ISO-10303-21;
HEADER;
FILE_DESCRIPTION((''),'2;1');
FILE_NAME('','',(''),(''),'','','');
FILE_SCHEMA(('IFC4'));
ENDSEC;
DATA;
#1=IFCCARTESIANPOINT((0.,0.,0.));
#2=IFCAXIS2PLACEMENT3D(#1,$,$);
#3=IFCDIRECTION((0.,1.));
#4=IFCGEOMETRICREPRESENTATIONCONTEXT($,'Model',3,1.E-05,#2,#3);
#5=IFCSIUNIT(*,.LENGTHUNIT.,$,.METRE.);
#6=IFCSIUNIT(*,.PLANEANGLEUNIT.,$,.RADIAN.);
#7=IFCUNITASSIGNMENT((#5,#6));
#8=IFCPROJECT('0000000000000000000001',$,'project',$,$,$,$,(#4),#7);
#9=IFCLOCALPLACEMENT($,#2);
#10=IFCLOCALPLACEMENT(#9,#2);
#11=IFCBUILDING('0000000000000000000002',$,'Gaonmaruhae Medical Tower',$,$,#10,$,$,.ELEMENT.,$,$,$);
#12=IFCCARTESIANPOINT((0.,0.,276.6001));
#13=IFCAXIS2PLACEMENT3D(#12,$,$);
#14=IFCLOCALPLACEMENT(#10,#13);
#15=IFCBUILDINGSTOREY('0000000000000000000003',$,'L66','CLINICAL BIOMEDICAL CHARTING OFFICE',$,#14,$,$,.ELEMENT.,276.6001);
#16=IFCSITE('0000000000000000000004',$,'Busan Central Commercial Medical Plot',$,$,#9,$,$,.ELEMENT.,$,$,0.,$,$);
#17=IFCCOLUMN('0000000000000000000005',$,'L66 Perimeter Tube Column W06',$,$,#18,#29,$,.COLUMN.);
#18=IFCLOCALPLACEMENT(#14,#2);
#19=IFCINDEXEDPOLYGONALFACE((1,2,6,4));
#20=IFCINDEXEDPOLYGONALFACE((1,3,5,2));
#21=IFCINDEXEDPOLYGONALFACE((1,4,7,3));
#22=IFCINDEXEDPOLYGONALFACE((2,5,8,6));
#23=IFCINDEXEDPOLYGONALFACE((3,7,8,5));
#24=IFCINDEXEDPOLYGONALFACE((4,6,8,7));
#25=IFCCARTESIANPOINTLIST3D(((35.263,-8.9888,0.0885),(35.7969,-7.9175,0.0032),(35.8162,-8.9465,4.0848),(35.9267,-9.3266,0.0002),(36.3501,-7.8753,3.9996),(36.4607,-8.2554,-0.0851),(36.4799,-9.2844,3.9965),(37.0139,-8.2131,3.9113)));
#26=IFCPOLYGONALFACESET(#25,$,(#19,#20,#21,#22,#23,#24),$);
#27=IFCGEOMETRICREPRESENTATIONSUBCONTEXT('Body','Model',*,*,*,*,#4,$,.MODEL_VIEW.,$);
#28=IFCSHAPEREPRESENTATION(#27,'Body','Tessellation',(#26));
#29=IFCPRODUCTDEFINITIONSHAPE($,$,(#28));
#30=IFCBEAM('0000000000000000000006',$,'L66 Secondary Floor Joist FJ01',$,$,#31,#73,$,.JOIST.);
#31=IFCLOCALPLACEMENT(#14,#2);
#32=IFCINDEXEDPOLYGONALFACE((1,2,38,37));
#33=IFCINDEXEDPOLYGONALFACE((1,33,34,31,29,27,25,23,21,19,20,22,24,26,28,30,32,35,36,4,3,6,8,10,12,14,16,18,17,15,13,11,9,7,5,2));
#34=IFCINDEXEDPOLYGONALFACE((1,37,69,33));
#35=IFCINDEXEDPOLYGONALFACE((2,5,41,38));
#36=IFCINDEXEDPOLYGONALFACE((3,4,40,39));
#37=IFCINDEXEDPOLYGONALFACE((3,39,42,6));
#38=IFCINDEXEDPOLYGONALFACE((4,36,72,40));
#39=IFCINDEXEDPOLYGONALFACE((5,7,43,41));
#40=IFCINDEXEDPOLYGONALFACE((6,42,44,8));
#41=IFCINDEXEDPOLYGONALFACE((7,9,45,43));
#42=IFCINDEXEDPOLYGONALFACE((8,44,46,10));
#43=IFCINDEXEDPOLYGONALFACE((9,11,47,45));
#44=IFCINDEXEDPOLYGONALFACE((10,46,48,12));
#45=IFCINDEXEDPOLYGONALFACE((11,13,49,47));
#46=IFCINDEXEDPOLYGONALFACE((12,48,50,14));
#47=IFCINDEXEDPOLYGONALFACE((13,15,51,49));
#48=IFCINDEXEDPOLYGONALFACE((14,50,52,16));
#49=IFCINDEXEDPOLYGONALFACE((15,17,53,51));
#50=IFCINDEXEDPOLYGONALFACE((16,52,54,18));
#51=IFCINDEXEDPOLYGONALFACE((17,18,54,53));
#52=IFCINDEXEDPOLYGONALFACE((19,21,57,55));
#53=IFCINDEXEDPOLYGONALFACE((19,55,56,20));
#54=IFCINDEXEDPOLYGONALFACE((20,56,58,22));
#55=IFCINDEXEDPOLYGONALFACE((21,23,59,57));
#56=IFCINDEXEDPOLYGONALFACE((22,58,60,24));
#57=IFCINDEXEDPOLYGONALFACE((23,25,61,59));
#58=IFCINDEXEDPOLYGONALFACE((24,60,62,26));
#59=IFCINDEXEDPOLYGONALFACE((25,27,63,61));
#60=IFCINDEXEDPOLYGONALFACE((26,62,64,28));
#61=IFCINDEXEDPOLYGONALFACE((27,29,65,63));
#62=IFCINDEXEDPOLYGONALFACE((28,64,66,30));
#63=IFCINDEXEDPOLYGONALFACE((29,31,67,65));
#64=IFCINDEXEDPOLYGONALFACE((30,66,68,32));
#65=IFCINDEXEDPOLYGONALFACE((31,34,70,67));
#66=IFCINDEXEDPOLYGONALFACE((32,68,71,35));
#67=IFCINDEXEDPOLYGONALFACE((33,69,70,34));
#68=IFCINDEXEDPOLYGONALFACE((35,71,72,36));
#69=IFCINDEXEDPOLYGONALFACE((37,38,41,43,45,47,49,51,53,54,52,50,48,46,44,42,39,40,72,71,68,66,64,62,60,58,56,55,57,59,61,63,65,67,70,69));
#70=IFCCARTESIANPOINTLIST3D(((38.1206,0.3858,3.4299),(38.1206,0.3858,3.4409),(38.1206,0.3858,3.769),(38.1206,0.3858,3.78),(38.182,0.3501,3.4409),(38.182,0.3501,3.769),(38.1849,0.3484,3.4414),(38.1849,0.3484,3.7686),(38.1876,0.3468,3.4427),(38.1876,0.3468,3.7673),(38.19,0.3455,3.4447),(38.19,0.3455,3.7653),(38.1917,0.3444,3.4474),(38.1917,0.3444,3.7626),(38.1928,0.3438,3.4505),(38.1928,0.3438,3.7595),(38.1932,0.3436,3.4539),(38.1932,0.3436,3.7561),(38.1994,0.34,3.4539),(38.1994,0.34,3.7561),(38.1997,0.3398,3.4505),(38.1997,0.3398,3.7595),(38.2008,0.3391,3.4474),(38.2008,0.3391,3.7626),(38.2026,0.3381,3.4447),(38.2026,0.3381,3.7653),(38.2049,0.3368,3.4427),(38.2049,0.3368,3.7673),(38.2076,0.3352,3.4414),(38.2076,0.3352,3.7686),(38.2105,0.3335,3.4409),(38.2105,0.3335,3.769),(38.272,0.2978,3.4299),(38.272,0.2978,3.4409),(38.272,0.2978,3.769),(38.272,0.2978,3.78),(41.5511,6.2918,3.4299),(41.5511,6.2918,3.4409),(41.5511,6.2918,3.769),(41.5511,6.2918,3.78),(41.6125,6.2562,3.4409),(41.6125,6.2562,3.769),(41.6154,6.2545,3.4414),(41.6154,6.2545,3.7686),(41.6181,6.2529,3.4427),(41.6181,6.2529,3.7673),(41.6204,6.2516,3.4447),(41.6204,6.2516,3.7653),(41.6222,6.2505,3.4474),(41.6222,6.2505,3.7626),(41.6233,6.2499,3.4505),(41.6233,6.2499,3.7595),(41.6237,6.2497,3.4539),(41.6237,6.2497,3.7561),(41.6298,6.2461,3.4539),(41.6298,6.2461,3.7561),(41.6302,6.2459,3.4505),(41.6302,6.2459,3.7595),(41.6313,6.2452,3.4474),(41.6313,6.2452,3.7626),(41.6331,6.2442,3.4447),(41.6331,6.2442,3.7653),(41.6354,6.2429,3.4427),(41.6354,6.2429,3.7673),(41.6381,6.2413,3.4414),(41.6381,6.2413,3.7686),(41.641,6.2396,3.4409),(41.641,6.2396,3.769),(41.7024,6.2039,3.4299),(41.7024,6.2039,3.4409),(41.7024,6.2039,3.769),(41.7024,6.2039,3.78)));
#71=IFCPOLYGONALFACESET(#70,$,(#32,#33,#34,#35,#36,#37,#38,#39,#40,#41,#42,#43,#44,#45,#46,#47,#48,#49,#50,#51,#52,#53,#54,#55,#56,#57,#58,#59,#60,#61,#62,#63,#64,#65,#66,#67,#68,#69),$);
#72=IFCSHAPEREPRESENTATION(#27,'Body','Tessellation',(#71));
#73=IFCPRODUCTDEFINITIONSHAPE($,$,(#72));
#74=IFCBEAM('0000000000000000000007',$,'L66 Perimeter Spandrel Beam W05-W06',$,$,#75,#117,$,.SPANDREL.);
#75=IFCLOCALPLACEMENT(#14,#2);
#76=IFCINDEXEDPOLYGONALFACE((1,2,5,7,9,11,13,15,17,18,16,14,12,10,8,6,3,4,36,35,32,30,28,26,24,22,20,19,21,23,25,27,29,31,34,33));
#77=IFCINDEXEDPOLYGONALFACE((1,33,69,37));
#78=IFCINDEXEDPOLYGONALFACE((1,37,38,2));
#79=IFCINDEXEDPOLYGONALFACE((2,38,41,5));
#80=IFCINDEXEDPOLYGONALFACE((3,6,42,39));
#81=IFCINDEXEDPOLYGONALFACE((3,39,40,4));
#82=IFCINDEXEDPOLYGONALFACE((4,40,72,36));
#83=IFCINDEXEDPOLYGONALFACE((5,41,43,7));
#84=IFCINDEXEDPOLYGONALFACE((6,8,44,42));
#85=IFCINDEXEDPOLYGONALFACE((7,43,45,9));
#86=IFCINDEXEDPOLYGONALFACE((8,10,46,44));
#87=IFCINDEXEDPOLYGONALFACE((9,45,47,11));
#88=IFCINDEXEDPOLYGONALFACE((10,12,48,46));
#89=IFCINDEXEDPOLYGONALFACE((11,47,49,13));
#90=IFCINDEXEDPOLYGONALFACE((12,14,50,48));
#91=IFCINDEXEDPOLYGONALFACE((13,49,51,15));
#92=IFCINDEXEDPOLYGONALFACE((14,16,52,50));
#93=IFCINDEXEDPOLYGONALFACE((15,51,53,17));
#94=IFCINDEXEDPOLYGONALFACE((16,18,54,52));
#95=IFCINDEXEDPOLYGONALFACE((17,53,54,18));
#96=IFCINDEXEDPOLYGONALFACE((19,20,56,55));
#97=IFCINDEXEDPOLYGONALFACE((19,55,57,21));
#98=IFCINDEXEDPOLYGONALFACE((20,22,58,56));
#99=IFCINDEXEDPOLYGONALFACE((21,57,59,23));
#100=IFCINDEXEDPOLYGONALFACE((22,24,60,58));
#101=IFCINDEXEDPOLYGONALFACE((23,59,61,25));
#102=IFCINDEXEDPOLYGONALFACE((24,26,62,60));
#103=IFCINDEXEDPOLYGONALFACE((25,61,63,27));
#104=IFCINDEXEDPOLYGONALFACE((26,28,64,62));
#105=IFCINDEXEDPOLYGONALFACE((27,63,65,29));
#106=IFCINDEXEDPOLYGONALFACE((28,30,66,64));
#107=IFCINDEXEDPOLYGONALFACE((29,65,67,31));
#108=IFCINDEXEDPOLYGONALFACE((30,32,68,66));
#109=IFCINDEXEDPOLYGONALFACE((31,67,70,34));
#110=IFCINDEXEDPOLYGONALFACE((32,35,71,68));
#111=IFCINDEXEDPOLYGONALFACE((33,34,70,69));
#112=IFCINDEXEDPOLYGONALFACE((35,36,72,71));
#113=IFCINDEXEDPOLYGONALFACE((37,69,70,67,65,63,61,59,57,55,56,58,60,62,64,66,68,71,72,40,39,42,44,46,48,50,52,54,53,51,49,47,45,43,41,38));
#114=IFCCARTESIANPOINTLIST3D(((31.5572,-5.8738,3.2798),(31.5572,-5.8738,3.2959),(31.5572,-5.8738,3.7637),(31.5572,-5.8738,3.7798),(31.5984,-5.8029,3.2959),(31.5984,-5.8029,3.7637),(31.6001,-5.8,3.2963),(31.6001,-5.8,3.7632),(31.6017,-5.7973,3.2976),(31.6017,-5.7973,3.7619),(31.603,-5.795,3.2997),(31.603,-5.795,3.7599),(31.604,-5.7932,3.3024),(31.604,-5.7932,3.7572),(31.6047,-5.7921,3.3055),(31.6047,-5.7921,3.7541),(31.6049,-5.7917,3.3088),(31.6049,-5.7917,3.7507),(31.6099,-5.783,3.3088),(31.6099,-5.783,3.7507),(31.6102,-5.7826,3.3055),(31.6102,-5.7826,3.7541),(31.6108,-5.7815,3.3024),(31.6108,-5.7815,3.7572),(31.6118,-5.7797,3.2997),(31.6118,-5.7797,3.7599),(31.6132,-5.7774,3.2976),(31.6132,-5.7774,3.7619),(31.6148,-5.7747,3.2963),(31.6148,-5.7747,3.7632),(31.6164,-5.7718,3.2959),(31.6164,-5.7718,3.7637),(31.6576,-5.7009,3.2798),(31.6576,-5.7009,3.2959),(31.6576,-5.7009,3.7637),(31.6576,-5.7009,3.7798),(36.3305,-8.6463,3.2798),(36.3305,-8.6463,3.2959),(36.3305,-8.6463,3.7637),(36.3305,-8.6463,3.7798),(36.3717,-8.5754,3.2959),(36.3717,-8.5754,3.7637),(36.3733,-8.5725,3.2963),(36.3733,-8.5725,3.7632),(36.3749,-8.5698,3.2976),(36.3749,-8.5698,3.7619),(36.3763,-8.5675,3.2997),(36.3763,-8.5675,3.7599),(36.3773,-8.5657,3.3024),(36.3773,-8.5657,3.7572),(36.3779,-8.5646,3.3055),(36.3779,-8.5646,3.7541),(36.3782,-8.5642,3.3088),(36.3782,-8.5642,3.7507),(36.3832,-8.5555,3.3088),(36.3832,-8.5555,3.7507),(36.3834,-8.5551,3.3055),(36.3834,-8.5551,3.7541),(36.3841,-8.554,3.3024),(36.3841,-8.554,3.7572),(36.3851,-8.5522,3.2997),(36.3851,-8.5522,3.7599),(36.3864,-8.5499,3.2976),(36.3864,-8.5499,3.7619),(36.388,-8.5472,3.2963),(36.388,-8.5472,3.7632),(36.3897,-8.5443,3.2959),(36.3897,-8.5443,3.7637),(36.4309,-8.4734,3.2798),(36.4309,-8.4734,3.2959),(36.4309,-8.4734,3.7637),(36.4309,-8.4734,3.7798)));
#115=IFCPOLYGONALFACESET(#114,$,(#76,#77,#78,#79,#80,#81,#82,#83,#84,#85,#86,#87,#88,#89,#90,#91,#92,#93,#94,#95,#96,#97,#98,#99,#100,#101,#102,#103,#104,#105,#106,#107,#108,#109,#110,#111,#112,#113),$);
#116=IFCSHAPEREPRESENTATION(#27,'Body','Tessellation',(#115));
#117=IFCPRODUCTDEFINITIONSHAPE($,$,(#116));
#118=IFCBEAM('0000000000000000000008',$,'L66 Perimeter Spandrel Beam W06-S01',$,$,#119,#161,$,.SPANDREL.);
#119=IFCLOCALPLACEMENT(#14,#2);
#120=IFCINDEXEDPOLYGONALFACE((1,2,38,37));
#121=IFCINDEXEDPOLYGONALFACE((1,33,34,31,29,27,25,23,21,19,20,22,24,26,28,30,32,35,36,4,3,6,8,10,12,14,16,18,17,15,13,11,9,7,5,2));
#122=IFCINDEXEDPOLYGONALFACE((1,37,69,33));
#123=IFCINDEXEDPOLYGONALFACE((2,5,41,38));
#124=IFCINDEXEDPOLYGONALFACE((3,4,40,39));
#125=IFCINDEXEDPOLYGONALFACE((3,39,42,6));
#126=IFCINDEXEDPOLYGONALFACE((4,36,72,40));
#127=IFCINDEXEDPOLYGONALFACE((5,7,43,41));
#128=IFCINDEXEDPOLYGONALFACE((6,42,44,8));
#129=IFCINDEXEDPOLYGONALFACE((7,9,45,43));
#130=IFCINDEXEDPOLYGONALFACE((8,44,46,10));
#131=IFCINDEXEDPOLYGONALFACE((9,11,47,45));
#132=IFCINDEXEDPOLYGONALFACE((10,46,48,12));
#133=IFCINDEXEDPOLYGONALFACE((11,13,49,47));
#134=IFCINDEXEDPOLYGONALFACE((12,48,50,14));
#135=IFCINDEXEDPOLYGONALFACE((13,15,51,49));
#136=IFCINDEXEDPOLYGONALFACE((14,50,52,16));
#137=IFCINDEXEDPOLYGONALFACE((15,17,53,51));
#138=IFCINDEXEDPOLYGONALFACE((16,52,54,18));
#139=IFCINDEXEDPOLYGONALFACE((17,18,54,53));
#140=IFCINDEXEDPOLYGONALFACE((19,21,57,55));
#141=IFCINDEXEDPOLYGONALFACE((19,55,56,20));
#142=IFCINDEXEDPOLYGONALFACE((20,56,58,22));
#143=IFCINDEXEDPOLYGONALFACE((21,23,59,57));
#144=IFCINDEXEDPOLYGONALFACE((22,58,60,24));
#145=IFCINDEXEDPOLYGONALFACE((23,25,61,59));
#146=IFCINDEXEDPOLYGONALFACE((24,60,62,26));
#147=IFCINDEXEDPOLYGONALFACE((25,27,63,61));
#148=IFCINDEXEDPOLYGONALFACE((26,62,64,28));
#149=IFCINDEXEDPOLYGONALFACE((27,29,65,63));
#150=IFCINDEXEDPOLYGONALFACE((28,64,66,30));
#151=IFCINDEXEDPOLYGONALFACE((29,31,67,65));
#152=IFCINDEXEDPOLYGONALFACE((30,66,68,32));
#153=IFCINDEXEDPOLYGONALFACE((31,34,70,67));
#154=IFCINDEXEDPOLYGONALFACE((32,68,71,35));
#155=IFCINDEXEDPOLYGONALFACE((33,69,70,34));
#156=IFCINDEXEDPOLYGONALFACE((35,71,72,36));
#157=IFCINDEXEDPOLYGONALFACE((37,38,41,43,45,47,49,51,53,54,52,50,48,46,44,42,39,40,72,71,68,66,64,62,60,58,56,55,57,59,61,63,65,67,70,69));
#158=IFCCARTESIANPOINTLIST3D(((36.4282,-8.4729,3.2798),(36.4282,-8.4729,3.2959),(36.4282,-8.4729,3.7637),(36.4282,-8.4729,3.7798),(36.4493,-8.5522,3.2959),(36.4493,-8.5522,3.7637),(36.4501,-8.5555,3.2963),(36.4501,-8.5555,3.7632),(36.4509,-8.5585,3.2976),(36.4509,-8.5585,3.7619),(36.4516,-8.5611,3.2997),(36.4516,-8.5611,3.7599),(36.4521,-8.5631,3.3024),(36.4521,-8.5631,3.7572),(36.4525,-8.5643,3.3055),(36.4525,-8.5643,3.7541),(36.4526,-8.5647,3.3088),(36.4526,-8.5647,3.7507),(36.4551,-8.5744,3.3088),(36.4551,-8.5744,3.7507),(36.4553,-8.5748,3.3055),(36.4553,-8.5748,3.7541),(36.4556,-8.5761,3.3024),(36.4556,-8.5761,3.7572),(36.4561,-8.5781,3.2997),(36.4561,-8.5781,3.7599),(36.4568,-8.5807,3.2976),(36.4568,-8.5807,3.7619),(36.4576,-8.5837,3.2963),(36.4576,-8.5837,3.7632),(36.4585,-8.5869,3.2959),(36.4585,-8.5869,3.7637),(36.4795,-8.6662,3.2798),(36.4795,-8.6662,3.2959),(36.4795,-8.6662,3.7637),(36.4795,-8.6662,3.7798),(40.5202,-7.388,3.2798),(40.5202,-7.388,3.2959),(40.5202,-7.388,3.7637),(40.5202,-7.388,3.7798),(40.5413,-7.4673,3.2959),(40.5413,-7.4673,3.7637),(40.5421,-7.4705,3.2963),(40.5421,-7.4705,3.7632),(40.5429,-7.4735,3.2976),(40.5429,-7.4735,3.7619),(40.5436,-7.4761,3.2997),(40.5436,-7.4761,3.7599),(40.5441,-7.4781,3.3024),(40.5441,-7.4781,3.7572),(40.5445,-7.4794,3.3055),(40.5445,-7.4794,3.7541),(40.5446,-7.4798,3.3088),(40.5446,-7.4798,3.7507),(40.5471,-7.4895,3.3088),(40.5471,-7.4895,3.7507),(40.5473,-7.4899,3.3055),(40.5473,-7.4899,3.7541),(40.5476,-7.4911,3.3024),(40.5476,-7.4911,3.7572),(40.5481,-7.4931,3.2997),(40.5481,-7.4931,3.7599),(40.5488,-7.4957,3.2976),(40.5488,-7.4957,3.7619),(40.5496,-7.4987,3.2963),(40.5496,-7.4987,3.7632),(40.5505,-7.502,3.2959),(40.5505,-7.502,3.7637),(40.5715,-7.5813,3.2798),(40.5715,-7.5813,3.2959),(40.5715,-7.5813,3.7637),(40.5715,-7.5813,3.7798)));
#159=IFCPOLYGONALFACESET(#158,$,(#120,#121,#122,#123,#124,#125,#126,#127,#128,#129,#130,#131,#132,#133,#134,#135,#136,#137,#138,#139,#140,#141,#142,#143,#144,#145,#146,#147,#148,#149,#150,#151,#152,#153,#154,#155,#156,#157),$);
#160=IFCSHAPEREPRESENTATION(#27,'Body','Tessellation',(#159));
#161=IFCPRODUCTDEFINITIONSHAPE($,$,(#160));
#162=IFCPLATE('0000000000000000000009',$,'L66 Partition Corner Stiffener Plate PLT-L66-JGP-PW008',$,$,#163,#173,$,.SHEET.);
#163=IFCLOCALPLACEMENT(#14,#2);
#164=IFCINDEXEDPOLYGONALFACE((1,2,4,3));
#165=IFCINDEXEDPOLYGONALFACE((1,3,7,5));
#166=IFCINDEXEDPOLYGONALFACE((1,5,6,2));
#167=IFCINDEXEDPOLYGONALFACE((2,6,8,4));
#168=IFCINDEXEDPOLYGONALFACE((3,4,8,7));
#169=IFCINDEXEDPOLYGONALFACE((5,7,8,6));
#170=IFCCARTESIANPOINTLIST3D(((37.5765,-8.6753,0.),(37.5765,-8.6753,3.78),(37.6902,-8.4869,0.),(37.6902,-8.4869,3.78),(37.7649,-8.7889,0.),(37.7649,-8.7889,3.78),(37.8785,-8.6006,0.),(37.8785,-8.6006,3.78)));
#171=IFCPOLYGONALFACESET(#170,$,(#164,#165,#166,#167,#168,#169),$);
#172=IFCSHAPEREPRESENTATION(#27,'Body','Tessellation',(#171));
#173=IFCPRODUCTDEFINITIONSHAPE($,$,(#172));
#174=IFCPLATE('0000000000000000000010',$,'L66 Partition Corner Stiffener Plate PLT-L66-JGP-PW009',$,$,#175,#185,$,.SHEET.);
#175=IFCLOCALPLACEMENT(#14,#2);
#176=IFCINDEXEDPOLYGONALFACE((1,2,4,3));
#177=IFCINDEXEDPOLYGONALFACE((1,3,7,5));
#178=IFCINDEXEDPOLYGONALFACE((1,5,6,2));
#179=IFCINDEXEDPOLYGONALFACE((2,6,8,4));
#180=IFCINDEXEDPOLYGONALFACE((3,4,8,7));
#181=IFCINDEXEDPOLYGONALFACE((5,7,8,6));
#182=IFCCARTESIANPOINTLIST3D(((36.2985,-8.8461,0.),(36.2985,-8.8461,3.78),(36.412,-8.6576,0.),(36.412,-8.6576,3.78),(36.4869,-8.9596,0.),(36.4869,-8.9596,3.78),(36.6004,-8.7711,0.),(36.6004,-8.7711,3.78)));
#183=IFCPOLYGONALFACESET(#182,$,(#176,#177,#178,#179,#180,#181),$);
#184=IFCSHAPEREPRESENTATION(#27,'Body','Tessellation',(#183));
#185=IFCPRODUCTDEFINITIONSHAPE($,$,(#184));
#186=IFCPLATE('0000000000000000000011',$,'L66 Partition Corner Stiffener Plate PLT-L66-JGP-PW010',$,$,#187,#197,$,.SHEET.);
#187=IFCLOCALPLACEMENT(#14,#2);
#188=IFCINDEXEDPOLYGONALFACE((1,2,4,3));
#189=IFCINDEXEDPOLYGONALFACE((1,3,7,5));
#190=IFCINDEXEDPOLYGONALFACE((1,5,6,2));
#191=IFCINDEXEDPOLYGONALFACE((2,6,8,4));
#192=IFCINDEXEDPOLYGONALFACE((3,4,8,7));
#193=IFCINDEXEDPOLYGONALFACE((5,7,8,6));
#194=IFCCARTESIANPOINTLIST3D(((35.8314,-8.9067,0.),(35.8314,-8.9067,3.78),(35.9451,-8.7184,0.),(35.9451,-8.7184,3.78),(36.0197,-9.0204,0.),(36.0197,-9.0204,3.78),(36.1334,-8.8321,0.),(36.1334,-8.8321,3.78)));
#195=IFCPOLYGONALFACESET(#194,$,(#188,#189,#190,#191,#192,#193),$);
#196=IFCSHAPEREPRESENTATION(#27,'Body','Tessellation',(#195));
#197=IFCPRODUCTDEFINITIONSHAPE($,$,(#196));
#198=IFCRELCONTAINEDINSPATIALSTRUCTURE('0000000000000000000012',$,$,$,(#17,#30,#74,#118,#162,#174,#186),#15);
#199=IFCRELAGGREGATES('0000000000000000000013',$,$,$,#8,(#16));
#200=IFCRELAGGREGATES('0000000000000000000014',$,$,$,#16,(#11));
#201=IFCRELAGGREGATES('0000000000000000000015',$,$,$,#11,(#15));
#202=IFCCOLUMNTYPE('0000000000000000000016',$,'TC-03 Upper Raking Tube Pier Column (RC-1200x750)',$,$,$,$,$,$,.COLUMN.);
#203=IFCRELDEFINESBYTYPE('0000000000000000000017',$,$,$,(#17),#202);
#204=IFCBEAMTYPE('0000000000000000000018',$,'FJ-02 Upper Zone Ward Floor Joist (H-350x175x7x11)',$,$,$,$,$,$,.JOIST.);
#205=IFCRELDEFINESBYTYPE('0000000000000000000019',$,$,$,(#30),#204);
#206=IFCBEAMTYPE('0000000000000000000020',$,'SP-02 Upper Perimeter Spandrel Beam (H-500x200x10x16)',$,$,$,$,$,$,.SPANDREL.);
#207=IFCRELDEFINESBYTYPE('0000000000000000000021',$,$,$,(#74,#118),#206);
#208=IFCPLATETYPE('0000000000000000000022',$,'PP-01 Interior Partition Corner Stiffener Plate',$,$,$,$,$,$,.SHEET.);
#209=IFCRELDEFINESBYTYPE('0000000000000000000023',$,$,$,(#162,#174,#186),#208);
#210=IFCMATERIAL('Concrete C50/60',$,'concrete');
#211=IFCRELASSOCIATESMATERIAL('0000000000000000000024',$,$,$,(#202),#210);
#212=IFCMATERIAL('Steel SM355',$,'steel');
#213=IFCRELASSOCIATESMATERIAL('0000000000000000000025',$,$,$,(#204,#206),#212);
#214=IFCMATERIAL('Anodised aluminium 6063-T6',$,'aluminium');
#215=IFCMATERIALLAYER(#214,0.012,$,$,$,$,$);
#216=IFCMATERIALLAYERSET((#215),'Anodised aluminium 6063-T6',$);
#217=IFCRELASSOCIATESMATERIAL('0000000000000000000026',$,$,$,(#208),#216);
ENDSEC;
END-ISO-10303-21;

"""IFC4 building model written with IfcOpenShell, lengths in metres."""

from ifc_helpers import new_model, si_unit, direction, frame, origin, origin_2d, place, context, subcontext, project, spatial, rectangle, i_section, extrude, material, layer, layer_set, material_profile, profile_set, type_object, element, save


model = new_model("IFC4")

# Units and contexts
model_context = context("Model", 3, precision=1e-05, world=origin(), true_north=direction((0.0, 1.0)))
body_context = subcontext(model_context, "Body", "Model", "MODEL_VIEW")
ifc_project = project(units=[si_unit("LENGTHUNIT", "METRE"), si_unit("PLANEANGLEUNIT", "RADIAN")], contexts=[model_context])

# Site, building, storey
site_placement = place(None, origin())
site = spatial("IfcSite", under=ifc_project, at=site_placement, Name="Busan Central Commercial Medical Plot", CompositionType="ELEMENT", RefElevation=0.0)
building_placement = place(site_placement, origin())
building = spatial("IfcBuilding", under=site, at=building_placement, Name="Gaonmaruhae Medical Tower", CompositionType="ELEMENT")
storey_placement = place(building_placement, frame((0.0, 0.0, 276.6001)))
storey = spatial("IfcBuildingStorey", under=building, at=storey_placement, Name="L66", Description="CLINICAL BIOMEDICAL CHARTING OFFICE", CompositionType="ELEMENT", Elevation=276.6001)

# Column
ifc_material_1 = material(Name="Concrete C50/60", Category="concrete")
ifc_material_profile_1 = material_profile(ifc_material_1, rectangle(XDim=1.2, YDim=0.75, at=origin_2d()), Name="RC-1200x750")
ifc_profile_set_1 = profile_set([ifc_material_profile_1], Name="Concrete C50/60")
column_type = type_object("IfcColumnType", Name="TC-03 Upper Raking Tube Pier Column (RC-1200x750)", PredefinedType="COLUMN", material=ifc_profile_set_1)
column_placement = place(storey_placement, frame((35.8618, -8.6221, 0.0017), z_axis=(0.137117, 0.010468, 0.9905), x_axis=(-0.444959, -0.89273, 0.071032)))
element("IfcColumn", 1, at=column_placement, inside=storey, type_object=column_type, Name="L66 Perimeter Tube Column W06", PredefinedType="COLUMN", context=body_context, shape_type="SweptSolid", body=[
    extrude(rectangle(XDim=1.2, YDim=0.75, at=origin_2d()), origin(), (0.0, 0.0, 1.0), 4.0347),
])

# Beams
ifc_material_2 = material(Name="Steel SM355", Category="steel")
ifc_material_profile_2 = material_profile(ifc_material_2, i_section(OverallWidth=0.175, OverallDepth=0.3501, WebThickness=0.0071, FlangeThickness=0.011, FilletRadius=0.0129, at=origin_2d()), Name="H-350x175x7x11")
ifc_profile_set_2 = profile_set([ifc_material_profile_2], Name="Steel SM355")
beam_type_1 = type_object("IfcBeamType", Name="FJ-02 Upper Zone Ward Floor Joist (H-350x175x7x11)", PredefinedType="JOIST", material=ifc_profile_set_2)
beam_1_placement = place(storey_placement, frame((38.1963, 0.3418, 3.605), z_axis=(0.502259, 0.864717, 0.0), x_axis=(-0.864717, 0.502259, 0.0)))
element("IfcBeam", 2, at=beam_1_placement, inside=storey, type_object=beam_type_1, Name="L66 Secondary Floor Joist FJ01", PredefinedType="JOIST", context=body_context, shape_type="SweptSolid", body=[
    extrude(i_section(OverallWidth=0.175, OverallDepth=0.3501, WebThickness=0.0071, FlangeThickness=0.011, FilletRadius=0.0129, at=origin_2d()), origin(), (0.0, 0.0, 1.0), 6.8301),
])
ifc_material_profile_3 = material_profile(ifc_material_2, i_section(OverallWidth=0.2, OverallDepth=0.5, WebThickness=0.01, FlangeThickness=0.0161, FilletRadius=0.0129, at=origin_2d()), Name="H-500x200x10x16")
ifc_profile_set_3 = profile_set([ifc_material_profile_3], Name="Steel SM355")
beam_type_2 = type_object("IfcBeamType", Name="SP-02 Upper Perimeter Spandrel Beam (H-500x200x10x16)", PredefinedType="SPANDREL", material=ifc_profile_set_3)
beam_2_placement = place(storey_placement, frame((31.6074, -5.7874, 3.5298), z_axis=(0.864716, -0.502261, 0.0), x_axis=(0.502261, 0.864716, 0.0)))
element("IfcBeam", 3, at=beam_2_placement, inside=storey, type_object=beam_type_2, Name="L66 Perimeter Spandrel Beam W05-W06", PredefinedType="SPANDREL", context=body_context, shape_type="SweptSolid", body=[
    extrude(i_section(OverallWidth=0.2, OverallDepth=0.5, WebThickness=0.01, FlangeThickness=0.0161, FilletRadius=0.0129, at=origin_2d()), origin(), (0.0, 0.0, 1.0), 5.52),
])
beam_3_placement = place(storey_placement, frame((36.4539, -8.5696, 3.5298), z_axis=(0.966602, 0.256284, 0.0), x_axis=(-0.256284, 0.966602, 0.0)))
element("IfcBeam", 4, at=beam_3_placement, inside=storey, type_object=beam_type_2, Name="L66 Perimeter Spandrel Beam W06-S01", PredefinedType="SPANDREL", context=body_context, shape_type="SweptSolid", body=[
    extrude(i_section(OverallWidth=0.2, OverallDepth=0.5, WebThickness=0.01, FlangeThickness=0.0161, FilletRadius=0.0129, at=origin_2d()), origin(), (0.0, 0.0, 1.0), 4.2334),
])

# Plates
ifc_material_3 = material(Name="Anodised aluminium 6063-T6", Category="aluminium")
ifc_layer_1 = layer(ifc_material_3, 0.012)
ifc_layer_set_1 = layer_set([ifc_layer_1], Name="Anodised aluminium 6063-T6")
plate_type = type_object("IfcPlateType", Name="PP-01 Interior Partition Corner Stiffener Plate", PredefinedType="SHEET", material=ifc_layer_set_1)
for number, where, z_axis, x_axis, name in (
    (5, (37.7275, -8.6379, 0.0), (0.0, 0.0, 1.0), (-0.85615, 0.516728, 0.0), "L66 Partition Corner Stiffener Plate PLT-L66-JGP-PW008"),
    (6, (36.4495, -8.8086, 0.0), (0.0, 0.0, 1.0), (-0.515995, -0.856591, 0.0), "L66 Partition Corner Stiffener Plate PLT-L66-JGP-PW009"),
    (7, (35.9824, -8.8694, 0.0), (0.0, 0.0, 1.0), (-0.856051, 0.516892, 0.0), "L66 Partition Corner Stiffener Plate PLT-L66-JGP-PW010"),
):
    element("IfcPlate", number, at=place(storey_placement, frame(where, z_axis=z_axis, x_axis=x_axis)), inside=storey, type_object=plate_type, Name=name, PredefinedType="SHEET", context=body_context, shape_type="SweptSolid", body=[
        extrude(rectangle(XDim=0.22, YDim=0.22, at=origin_2d()), origin(), (0.0, 0.0, 1.0), 3.78),
    ])

save(model, "model.ifc")
